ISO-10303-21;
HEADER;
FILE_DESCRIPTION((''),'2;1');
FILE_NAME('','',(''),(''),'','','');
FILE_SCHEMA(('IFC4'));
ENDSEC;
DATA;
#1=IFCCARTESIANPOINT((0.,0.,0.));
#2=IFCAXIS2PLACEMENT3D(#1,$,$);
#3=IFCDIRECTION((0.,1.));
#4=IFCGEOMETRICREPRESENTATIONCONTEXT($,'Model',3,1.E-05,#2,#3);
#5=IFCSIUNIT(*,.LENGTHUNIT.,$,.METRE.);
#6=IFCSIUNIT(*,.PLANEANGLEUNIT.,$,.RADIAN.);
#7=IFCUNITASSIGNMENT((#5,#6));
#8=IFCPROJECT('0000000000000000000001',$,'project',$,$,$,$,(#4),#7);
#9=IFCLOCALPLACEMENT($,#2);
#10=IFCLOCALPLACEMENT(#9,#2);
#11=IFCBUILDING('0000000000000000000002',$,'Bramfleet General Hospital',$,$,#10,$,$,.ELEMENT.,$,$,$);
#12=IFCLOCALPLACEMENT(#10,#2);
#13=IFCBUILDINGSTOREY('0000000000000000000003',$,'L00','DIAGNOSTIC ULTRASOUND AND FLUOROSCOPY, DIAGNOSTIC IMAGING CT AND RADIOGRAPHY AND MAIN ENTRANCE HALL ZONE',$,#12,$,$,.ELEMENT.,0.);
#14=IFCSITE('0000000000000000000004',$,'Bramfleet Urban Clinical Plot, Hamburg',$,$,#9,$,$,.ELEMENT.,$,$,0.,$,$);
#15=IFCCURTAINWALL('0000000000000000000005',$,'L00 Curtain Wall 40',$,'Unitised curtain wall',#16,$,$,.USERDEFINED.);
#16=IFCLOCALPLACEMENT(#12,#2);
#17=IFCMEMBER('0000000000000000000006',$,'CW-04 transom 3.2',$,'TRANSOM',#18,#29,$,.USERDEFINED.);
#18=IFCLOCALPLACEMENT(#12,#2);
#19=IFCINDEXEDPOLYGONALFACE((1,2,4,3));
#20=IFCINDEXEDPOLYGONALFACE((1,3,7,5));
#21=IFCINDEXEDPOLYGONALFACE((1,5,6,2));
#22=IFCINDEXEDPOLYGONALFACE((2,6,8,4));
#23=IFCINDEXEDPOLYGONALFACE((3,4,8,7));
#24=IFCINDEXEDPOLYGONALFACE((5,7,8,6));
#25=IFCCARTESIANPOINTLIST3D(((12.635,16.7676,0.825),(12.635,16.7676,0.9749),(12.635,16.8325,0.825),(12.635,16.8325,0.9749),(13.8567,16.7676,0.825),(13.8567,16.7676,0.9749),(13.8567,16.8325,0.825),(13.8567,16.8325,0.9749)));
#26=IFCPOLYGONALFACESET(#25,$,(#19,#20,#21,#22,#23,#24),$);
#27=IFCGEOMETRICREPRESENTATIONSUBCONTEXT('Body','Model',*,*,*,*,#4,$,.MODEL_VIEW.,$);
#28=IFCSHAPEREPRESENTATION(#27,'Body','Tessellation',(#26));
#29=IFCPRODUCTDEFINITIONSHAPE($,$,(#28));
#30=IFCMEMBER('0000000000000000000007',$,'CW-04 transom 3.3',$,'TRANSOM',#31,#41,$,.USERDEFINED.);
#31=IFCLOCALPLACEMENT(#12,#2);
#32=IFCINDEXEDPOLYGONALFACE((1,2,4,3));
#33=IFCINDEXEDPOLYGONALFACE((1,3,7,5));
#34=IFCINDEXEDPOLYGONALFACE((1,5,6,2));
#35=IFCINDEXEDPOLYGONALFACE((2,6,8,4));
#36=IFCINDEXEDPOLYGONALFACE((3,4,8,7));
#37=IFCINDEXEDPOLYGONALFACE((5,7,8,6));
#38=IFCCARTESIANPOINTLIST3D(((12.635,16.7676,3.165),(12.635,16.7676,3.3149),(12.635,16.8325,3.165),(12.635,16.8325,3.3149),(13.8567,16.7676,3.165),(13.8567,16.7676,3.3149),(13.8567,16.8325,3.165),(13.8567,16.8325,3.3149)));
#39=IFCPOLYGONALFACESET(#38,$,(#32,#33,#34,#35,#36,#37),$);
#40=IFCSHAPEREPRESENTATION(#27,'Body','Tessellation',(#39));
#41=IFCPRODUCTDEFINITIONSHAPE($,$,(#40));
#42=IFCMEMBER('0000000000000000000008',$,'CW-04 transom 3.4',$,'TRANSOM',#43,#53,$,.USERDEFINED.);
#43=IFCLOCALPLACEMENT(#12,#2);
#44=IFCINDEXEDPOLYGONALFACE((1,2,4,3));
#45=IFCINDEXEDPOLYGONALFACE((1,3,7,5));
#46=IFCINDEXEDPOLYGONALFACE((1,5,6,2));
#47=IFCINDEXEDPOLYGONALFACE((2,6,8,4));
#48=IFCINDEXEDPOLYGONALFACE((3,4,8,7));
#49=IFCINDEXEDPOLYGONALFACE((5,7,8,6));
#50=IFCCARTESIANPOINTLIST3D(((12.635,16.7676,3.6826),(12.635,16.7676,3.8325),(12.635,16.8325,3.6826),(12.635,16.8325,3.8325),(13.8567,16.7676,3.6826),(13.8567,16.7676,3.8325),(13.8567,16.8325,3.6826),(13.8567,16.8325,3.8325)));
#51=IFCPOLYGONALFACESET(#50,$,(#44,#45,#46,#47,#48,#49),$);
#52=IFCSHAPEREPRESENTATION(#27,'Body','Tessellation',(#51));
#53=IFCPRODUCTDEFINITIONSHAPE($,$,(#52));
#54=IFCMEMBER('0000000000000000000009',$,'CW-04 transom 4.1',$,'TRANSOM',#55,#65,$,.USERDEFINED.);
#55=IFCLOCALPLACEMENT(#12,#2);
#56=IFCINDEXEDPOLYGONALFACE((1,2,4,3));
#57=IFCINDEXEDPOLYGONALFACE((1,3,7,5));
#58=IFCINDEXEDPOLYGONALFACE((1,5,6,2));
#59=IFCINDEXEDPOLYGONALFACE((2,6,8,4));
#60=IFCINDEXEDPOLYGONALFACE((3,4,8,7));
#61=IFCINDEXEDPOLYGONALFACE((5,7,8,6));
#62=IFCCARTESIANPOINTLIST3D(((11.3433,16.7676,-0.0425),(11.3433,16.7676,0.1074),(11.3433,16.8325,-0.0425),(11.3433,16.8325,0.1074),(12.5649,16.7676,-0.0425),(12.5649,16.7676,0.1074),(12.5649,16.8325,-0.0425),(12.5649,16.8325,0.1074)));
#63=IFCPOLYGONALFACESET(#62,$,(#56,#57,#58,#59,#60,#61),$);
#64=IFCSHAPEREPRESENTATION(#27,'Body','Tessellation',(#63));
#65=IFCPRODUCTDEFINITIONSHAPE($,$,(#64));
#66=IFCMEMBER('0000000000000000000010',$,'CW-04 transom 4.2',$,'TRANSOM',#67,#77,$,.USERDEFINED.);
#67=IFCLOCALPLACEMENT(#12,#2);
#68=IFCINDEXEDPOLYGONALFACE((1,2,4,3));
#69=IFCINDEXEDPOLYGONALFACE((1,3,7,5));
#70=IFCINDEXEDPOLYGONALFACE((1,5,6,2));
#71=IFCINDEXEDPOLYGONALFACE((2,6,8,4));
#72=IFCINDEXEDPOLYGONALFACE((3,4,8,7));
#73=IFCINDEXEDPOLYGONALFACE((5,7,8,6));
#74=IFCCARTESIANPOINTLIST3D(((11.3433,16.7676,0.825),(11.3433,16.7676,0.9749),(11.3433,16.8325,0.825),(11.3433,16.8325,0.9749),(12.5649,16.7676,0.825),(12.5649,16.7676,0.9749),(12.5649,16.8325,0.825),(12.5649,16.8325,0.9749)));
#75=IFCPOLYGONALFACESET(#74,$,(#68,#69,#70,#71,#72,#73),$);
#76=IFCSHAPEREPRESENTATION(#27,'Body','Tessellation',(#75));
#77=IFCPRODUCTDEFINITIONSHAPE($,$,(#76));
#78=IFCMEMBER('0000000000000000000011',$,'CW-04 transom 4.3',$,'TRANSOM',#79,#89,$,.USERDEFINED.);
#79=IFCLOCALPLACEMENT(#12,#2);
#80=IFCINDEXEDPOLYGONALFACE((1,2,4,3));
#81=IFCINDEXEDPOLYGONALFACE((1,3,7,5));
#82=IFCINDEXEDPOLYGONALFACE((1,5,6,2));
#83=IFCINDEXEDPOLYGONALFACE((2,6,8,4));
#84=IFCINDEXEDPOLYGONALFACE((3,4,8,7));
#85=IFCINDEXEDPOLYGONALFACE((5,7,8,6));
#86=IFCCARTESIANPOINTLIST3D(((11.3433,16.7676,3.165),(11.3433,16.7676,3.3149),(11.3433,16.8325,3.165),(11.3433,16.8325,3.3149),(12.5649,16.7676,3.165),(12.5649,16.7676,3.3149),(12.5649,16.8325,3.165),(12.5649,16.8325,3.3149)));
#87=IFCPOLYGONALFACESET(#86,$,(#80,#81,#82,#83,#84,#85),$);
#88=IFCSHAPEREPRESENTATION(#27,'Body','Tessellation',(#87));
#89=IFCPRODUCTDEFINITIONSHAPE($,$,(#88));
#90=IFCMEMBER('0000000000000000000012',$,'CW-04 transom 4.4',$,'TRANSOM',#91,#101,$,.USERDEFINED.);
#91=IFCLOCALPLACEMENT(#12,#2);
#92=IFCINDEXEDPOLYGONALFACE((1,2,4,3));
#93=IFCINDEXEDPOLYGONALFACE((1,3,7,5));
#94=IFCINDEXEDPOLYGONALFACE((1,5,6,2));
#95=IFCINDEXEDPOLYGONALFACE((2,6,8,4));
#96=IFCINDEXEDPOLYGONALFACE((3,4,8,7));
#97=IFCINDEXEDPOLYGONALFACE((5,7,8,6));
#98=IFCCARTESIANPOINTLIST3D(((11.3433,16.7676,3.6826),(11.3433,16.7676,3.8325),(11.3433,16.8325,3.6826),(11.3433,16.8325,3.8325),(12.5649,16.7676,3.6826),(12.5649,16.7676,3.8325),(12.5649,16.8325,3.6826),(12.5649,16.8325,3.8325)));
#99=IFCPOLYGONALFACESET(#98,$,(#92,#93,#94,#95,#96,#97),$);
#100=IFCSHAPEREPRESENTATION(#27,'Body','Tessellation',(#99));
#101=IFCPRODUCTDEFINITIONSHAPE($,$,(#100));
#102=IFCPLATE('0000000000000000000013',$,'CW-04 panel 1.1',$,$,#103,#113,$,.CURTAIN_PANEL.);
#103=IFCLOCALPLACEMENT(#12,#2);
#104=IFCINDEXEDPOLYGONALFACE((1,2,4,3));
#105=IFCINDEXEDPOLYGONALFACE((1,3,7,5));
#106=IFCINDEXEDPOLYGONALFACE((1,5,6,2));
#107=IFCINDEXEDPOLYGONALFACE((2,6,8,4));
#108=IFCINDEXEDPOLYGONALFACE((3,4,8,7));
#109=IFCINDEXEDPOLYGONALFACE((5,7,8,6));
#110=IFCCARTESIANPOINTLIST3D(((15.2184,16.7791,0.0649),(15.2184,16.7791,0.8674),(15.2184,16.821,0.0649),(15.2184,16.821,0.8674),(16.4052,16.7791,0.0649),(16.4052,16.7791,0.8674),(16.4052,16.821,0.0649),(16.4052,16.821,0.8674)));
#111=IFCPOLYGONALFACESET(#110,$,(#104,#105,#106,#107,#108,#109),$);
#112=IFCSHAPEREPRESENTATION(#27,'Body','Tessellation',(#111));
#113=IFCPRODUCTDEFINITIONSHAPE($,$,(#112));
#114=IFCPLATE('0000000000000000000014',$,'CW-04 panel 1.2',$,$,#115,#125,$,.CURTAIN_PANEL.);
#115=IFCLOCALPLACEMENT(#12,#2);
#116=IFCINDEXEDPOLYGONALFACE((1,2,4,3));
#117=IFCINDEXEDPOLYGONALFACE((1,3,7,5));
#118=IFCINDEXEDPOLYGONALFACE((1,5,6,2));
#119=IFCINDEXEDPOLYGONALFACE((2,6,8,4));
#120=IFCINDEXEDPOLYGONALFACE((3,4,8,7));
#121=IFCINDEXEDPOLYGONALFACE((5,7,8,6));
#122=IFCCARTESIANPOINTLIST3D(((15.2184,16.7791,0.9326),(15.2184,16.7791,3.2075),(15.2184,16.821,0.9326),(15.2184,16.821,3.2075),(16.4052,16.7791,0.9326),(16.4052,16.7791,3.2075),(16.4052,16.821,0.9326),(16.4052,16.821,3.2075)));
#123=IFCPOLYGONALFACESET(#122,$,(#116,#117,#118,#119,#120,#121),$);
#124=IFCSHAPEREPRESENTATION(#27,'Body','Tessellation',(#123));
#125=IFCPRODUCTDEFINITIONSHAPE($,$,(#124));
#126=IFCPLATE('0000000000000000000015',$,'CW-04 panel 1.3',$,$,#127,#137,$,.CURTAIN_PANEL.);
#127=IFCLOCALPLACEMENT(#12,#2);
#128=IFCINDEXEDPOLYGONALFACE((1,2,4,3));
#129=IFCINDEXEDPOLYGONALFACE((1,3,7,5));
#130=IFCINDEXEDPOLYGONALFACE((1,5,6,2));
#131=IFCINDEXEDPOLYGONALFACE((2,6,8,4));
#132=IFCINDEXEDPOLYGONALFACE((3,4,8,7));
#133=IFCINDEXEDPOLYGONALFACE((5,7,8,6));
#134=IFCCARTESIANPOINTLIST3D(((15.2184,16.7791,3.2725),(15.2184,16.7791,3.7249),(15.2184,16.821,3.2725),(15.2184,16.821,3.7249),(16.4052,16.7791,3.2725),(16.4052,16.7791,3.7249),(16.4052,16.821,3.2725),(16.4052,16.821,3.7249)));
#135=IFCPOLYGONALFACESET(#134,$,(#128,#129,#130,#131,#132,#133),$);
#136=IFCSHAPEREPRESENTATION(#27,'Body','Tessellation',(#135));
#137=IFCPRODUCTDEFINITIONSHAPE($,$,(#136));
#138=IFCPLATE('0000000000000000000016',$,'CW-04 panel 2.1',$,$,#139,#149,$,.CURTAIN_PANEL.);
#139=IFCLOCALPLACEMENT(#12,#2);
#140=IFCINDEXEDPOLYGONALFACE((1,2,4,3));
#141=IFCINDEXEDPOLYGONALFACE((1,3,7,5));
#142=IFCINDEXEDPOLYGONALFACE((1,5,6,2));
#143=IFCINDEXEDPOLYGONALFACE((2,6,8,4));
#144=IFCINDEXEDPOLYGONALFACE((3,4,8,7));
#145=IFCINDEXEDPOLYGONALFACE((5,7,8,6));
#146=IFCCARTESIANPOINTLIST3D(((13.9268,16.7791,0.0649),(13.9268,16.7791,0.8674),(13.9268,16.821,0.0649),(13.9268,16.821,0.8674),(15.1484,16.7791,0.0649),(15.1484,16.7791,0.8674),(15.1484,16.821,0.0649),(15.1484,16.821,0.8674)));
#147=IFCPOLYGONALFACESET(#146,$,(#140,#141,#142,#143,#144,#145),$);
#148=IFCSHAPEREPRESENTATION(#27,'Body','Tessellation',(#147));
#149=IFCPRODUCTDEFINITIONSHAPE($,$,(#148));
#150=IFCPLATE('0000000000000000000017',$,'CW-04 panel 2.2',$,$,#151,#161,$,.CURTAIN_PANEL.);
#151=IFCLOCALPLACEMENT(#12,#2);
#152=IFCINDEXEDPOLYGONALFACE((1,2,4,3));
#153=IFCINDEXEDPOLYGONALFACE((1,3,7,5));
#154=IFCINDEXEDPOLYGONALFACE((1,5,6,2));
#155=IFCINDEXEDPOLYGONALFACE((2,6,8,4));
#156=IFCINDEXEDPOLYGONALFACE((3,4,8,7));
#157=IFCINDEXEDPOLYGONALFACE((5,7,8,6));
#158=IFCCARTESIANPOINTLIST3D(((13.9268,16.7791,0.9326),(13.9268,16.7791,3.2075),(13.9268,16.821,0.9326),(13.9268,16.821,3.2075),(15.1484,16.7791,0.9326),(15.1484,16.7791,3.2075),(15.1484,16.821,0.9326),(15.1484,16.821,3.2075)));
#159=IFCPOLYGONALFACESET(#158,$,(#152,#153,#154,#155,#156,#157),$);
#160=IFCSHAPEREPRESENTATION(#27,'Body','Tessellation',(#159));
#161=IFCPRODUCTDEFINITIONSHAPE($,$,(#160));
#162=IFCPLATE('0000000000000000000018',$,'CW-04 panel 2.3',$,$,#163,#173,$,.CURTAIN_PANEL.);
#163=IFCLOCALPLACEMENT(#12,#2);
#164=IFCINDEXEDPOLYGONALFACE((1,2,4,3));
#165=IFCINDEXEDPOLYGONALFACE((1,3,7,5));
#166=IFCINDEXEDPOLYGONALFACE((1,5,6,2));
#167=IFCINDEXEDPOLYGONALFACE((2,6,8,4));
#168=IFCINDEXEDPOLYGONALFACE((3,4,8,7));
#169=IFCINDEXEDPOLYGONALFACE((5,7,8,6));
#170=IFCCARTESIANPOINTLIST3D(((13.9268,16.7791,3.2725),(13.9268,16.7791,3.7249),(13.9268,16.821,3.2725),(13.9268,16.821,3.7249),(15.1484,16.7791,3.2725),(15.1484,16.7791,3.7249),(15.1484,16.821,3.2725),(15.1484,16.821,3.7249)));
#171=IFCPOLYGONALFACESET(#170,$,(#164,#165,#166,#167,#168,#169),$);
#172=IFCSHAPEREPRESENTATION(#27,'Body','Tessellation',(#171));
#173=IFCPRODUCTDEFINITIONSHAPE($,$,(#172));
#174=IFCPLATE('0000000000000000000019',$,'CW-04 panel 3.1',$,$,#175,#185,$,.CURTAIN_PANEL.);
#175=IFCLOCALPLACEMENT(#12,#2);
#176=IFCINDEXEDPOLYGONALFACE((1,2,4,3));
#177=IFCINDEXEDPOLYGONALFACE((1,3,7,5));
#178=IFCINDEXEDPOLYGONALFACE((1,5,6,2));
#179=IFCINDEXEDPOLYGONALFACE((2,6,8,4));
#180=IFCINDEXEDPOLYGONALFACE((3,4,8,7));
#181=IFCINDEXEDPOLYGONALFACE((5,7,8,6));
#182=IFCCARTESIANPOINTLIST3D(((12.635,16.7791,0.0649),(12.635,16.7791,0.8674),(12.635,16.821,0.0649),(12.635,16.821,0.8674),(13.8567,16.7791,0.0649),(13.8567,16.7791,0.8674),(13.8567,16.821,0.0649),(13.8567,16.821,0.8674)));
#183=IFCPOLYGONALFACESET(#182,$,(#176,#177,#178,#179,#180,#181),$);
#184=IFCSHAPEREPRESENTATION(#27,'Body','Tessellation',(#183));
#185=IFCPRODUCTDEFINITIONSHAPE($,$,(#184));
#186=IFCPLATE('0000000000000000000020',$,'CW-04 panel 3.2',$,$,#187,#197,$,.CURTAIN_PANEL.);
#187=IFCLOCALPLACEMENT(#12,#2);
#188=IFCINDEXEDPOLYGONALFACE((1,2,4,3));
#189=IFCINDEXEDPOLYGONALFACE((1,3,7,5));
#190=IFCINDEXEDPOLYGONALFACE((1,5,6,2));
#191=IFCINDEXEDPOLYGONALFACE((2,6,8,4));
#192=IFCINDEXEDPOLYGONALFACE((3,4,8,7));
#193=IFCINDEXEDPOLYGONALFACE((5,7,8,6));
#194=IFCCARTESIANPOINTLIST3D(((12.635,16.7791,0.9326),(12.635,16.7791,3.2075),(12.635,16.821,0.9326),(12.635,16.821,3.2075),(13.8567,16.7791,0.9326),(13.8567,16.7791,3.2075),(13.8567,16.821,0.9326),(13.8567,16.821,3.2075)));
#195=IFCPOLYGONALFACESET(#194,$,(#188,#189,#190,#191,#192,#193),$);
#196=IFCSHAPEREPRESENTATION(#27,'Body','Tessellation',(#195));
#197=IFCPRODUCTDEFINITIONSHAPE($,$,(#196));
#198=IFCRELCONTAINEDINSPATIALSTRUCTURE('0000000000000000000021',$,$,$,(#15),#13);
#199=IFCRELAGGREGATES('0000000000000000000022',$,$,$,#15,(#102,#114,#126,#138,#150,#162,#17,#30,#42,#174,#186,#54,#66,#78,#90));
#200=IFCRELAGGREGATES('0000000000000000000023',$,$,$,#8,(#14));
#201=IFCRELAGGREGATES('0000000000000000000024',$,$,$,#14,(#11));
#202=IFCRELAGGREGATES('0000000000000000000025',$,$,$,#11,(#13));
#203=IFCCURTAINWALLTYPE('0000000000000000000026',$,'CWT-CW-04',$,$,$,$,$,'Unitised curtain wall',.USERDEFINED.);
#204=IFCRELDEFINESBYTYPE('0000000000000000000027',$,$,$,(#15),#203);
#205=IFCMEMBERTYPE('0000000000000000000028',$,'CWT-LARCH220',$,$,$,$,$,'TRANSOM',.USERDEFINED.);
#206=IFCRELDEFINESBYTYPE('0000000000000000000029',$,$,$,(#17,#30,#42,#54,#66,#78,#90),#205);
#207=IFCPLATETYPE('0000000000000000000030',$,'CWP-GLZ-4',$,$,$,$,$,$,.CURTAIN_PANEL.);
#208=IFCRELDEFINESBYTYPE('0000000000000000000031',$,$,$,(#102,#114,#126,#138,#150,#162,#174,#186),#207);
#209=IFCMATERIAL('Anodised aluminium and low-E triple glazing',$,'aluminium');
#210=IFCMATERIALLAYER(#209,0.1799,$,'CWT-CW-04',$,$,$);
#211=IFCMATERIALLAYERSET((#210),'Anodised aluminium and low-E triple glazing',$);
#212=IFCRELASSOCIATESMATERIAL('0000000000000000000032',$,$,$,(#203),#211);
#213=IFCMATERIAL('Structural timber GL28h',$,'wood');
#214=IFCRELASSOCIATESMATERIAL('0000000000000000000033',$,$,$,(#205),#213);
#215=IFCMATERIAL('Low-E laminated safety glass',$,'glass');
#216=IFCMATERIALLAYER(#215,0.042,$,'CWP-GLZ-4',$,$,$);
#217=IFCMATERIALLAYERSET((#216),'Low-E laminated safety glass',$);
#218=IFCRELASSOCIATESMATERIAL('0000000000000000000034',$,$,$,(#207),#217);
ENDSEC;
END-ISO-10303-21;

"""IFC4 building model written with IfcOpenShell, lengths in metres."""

from ifc_helpers import new_model, si_unit, direction, frame, origin, origin_2d, place, context, subcontext, project, spatial, rectangle, extrude, material, layer, layer_set, material_profile, profile_set, type_object, element, aggregate, save


model = new_model("IFC4")

# Units and contexts
model_context = context("Model", 3, precision=1e-05, world=origin(), true_north=direction((0.0, 1.0)))
body_context = subcontext(model_context, "Body", "Model", "MODEL_VIEW")
ifc_project = project(units=[si_unit("LENGTHUNIT", "METRE"), si_unit("PLANEANGLEUNIT", "RADIAN")], contexts=[model_context])

# Site, building, storey
site_placement = place(None, origin())
site = spatial("IfcSite", under=ifc_project, at=site_placement, Name="Bramfleet Urban Clinical Plot, Hamburg", CompositionType="ELEMENT", RefElevation=0.0)
building_placement = place(site_placement, origin())
building = spatial("IfcBuilding", under=site, at=building_placement, Name="Bramfleet General Hospital", CompositionType="ELEMENT")
storey_placement = place(building_placement, origin())
storey = spatial("IfcBuildingStorey", under=building, at=storey_placement, Name="L00", Description="DIAGNOSTIC ULTRASOUND AND FLUOROSCOPY, DIAGNOSTIC IMAGING CT AND RADIOGRAPHY AND MAIN ENTRANCE HALL ZONE", CompositionType="ELEMENT", Elevation=0.0)

# Curtain wall, members, plates
ifc_material_1 = material(Name="Anodised aluminium and low-E triple glazing", Category="aluminium")
ifc_layer_1 = layer(ifc_material_1, 0.1799, Name="CWT-CW-04")
ifc_layer_set_1 = layer_set([ifc_layer_1], Name="Anodised aluminium and low-E triple glazing")
curtain_wall_type = type_object("IfcCurtainWallType", Name="CWT-CW-04", ElementType="Unitised curtain wall", PredefinedType="USERDEFINED", material=ifc_layer_set_1)
curtain_wall_placement = place(storey_placement, origin())
curtain_wall = element("IfcCurtainWall", 1, at=curtain_wall_placement, inside=storey, type_object=curtain_wall_type, Name="L00 Curtain Wall 40", ObjectType="Unitised curtain wall", PredefinedType="USERDEFINED")
ifc_material_2 = material(Name="Structural timber GL28h", Category="wood")
ifc_material_profile_1 = material_profile(ifc_material_2, rectangle(XDim=0.0649, YDim=0.1499, at=origin_2d()), Name="LARCH 150x65")
ifc_profile_set_1 = profile_set([ifc_material_profile_1], Name="Structural timber GL28h")
member_type_1 = type_object("IfcMemberType", Name="CWT-LARCH220", ElementType="TRANSOM", PredefinedType="USERDEFINED", material=ifc_profile_set_1)
member_1_placement = place(storey_placement, frame((13.8567, 16.8, 0.8999), z_axis=(-1.0, 0.0, 0.0), x_axis=(0.0, -1.0, 0.0)))
member_1 = element("IfcMember", 2, at=member_1_placement, type_object=member_type_1, Name="CW-04 transom 3.2", ObjectType="TRANSOM", PredefinedType="USERDEFINED", context=body_context, shape_type="SweptSolid", body=[
    extrude(rectangle(XDim=0.0649, YDim=0.1499, at=origin_2d()), origin(), (0.0, 0.0, 1.0), 1.2217),
])
member_2_placement = place(storey_placement, frame((13.8567, 16.8, 3.24), z_axis=(-1.0, 0.0, 0.0), x_axis=(0.0, -1.0, 0.0)))
member_2 = element("IfcMember", 3, at=member_2_placement, type_object=member_type_1, Name="CW-04 transom 3.3", ObjectType="TRANSOM", PredefinedType="USERDEFINED", context=body_context, shape_type="SweptSolid", body=[
    extrude(rectangle(XDim=0.0649, YDim=0.1499, at=origin_2d()), origin(), (0.0, 0.0, 1.0), 1.2217),
])
member_3_placement = place(storey_placement, frame((13.8567, 16.8, 3.7576), z_axis=(-1.0, 0.0, 0.0), x_axis=(0.0, -1.0, 0.0)))
member_3 = element("IfcMember", 4, at=member_3_placement, type_object=member_type_1, Name="CW-04 transom 3.4", ObjectType="TRANSOM", PredefinedType="USERDEFINED", context=body_context, shape_type="SweptSolid", body=[
    extrude(rectangle(XDim=0.0649, YDim=0.1499, at=origin_2d()), origin(), (0.0, 0.0, 1.0), 1.2217),
])
member_4_placement = place(storey_placement, frame((12.5649, 16.8, 0.0325), z_axis=(-1.0, 0.0, 0.0), x_axis=(0.0, -1.0, 0.0)))
member_4 = element("IfcMember", 5, at=member_4_placement, type_object=member_type_1, Name="CW-04 transom 4.1", ObjectType="TRANSOM", PredefinedType="USERDEFINED", context=body_context, shape_type="SweptSolid", body=[
    extrude(rectangle(XDim=0.0649, YDim=0.1499, at=origin_2d()), origin(), (0.0, 0.0, 1.0), 1.2217),
])
member_5_placement = place(storey_placement, frame((12.5649, 16.8, 0.8999), z_axis=(-1.0, 0.0, 0.0), x_axis=(0.0, -1.0, 0.0)))
member_5 = element("IfcMember", 6, at=member_5_placement, type_object=member_type_1, Name="CW-04 transom 4.2", ObjectType="TRANSOM", PredefinedType="USERDEFINED", context=body_context, shape_type="SweptSolid", body=[
    extrude(rectangle(XDim=0.0649, YDim=0.1499, at=origin_2d()), origin(), (0.0, 0.0, 1.0), 1.2217),
])
member_6_placement = place(storey_placement, frame((12.5649, 16.8, 3.24), z_axis=(-1.0, 0.0, 0.0), x_axis=(0.0, -1.0, 0.0)))
member_6 = element("IfcMember", 7, at=member_6_placement, type_object=member_type_1, Name="CW-04 transom 4.3", ObjectType="TRANSOM", PredefinedType="USERDEFINED", context=body_context, shape_type="SweptSolid", body=[
    extrude(rectangle(XDim=0.0649, YDim=0.1499, at=origin_2d()), origin(), (0.0, 0.0, 1.0), 1.2217),
])
member_7_placement = place(storey_placement, frame((12.5649, 16.8, 3.7576), z_axis=(-1.0, 0.0, 0.0), x_axis=(0.0, -1.0, 0.0)))
member_7 = element("IfcMember", 8, at=member_7_placement, type_object=member_type_1, Name="CW-04 transom 4.4", ObjectType="TRANSOM", PredefinedType="USERDEFINED", context=body_context, shape_type="SweptSolid", body=[
    extrude(rectangle(XDim=0.0649, YDim=0.1499, at=origin_2d()), origin(), (0.0, 0.0, 1.0), 1.2217),
])
ifc_material_3 = material(Name="Low-E laminated safety glass", Category="glass")
ifc_layer_2 = layer(ifc_material_3, 0.042, Name="CWP-GLZ-4")
ifc_layer_set_2 = layer_set([ifc_layer_2], Name="Low-E laminated safety glass")
plate_type = type_object("IfcPlateType", Name="CWP-GLZ-4", PredefinedType="CURTAIN_PANEL", material=ifc_layer_set_2)
plate_1_placement = place(storey_placement, frame((15.8118, 16.8, 0.0649), z_axis=(0.0, 0.0, 1.0), x_axis=(-1.0, 0.0, 0.0)))
plate_1 = element("IfcPlate", 9, at=plate_1_placement, type_object=plate_type, Name="CW-04 panel 1.1", PredefinedType="CURTAIN_PANEL", context=body_context, shape_type="SweptSolid", body=[
    extrude(rectangle(XDim=1.1868, YDim=0.042, at=origin_2d()), origin(), (0.0, 0.0, 1.0), 0.8025),
])
plate_2_placement = place(storey_placement, frame((15.8118, 16.8, 0.9326), z_axis=(0.0, 0.0, 1.0), x_axis=(-1.0, 0.0, 0.0)))
plate_2 = element("IfcPlate", 10, at=plate_2_placement, type_object=plate_type, Name="CW-04 panel 1.2", PredefinedType="CURTAIN_PANEL", context=body_context, shape_type="SweptSolid", body=[
    extrude(rectangle(XDim=1.1868, YDim=0.042, at=origin_2d()), origin(), (0.0, 0.0, 1.0), 2.2749),
])
plate_3_placement = place(storey_placement, frame((15.8118, 16.8, 3.2725), z_axis=(0.0, 0.0, 1.0), x_axis=(-1.0, 0.0, 0.0)))
plate_3 = element("IfcPlate", 11, at=plate_3_placement, type_object=plate_type, Name="CW-04 panel 1.3", PredefinedType="CURTAIN_PANEL", context=body_context, shape_type="SweptSolid", body=[
    extrude(rectangle(XDim=1.1868, YDim=0.042, at=origin_2d()), origin(), (0.0, 0.0, 1.0), 0.4524),
])
plate_4_placement = place(storey_placement, frame((14.5376, 16.8, 0.0649), z_axis=(0.0, 0.0, 1.0), x_axis=(-1.0, 0.0, 0.0)))
plate_4 = element("IfcPlate", 12, at=plate_4_placement, type_object=plate_type, Name="CW-04 panel 2.1", PredefinedType="CURTAIN_PANEL", context=body_context, shape_type="SweptSolid", body=[
    extrude(rectangle(XDim=1.2217, YDim=0.042, at=origin_2d()), origin(), (0.0, 0.0, 1.0), 0.8025),
])
plate_5_placement = place(storey_placement, frame((14.5376, 16.8, 0.9326), z_axis=(0.0, 0.0, 1.0), x_axis=(-1.0, 0.0, 0.0)))
plate_5 = element("IfcPlate", 13, at=plate_5_placement, type_object=plate_type, Name="CW-04 panel 2.2", PredefinedType="CURTAIN_PANEL", context=body_context, shape_type="SweptSolid", body=[
    extrude(rectangle(XDim=1.2217, YDim=0.042, at=origin_2d()), origin(), (0.0, 0.0, 1.0), 2.2749),
])
plate_6_placement = place(storey_placement, frame((14.5376, 16.8, 3.2725), z_axis=(0.0, 0.0, 1.0), x_axis=(-1.0, 0.0, 0.0)))
plate_6 = element("IfcPlate", 14, at=plate_6_placement, type_object=plate_type, Name="CW-04 panel 2.3", PredefinedType="CURTAIN_PANEL", context=body_context, shape_type="SweptSolid", body=[
    extrude(rectangle(XDim=1.2217, YDim=0.042, at=origin_2d()), origin(), (0.0, 0.0, 1.0), 0.4524),
])
plate_7_placement = place(storey_placement, frame((13.2458, 16.8, 0.0649), z_axis=(0.0, 0.0, 1.0), x_axis=(-1.0, 0.0, 0.0)))
plate_7 = element("IfcPlate", 15, at=plate_7_placement, type_object=plate_type, Name="CW-04 panel 3.1", PredefinedType="CURTAIN_PANEL", context=body_context, shape_type="SweptSolid", body=[
    extrude(rectangle(XDim=1.2217, YDim=0.042, at=origin_2d()), origin(), (0.0, 0.0, 1.0), 0.8025),
])
plate_8_placement = place(storey_placement, frame((13.2458, 16.8, 0.9326), z_axis=(0.0, 0.0, 1.0), x_axis=(-1.0, 0.0, 0.0)))
plate_8 = element("IfcPlate", 16, at=plate_8_placement, type_object=plate_type, Name="CW-04 panel 3.2", PredefinedType="CURTAIN_PANEL", context=body_context, shape_type="SweptSolid", body=[
    extrude(rectangle(XDim=1.2217, YDim=0.042, at=origin_2d()), origin(), (0.0, 0.0, 1.0), 2.2749),
])
aggregate(curtain_wall, [plate_1, plate_2, plate_3, plate_4, plate_5, plate_6, member_1, member_2, member_3, plate_7, plate_8, member_4, member_5, member_6, member_7])

save(model, "model.ifc")
